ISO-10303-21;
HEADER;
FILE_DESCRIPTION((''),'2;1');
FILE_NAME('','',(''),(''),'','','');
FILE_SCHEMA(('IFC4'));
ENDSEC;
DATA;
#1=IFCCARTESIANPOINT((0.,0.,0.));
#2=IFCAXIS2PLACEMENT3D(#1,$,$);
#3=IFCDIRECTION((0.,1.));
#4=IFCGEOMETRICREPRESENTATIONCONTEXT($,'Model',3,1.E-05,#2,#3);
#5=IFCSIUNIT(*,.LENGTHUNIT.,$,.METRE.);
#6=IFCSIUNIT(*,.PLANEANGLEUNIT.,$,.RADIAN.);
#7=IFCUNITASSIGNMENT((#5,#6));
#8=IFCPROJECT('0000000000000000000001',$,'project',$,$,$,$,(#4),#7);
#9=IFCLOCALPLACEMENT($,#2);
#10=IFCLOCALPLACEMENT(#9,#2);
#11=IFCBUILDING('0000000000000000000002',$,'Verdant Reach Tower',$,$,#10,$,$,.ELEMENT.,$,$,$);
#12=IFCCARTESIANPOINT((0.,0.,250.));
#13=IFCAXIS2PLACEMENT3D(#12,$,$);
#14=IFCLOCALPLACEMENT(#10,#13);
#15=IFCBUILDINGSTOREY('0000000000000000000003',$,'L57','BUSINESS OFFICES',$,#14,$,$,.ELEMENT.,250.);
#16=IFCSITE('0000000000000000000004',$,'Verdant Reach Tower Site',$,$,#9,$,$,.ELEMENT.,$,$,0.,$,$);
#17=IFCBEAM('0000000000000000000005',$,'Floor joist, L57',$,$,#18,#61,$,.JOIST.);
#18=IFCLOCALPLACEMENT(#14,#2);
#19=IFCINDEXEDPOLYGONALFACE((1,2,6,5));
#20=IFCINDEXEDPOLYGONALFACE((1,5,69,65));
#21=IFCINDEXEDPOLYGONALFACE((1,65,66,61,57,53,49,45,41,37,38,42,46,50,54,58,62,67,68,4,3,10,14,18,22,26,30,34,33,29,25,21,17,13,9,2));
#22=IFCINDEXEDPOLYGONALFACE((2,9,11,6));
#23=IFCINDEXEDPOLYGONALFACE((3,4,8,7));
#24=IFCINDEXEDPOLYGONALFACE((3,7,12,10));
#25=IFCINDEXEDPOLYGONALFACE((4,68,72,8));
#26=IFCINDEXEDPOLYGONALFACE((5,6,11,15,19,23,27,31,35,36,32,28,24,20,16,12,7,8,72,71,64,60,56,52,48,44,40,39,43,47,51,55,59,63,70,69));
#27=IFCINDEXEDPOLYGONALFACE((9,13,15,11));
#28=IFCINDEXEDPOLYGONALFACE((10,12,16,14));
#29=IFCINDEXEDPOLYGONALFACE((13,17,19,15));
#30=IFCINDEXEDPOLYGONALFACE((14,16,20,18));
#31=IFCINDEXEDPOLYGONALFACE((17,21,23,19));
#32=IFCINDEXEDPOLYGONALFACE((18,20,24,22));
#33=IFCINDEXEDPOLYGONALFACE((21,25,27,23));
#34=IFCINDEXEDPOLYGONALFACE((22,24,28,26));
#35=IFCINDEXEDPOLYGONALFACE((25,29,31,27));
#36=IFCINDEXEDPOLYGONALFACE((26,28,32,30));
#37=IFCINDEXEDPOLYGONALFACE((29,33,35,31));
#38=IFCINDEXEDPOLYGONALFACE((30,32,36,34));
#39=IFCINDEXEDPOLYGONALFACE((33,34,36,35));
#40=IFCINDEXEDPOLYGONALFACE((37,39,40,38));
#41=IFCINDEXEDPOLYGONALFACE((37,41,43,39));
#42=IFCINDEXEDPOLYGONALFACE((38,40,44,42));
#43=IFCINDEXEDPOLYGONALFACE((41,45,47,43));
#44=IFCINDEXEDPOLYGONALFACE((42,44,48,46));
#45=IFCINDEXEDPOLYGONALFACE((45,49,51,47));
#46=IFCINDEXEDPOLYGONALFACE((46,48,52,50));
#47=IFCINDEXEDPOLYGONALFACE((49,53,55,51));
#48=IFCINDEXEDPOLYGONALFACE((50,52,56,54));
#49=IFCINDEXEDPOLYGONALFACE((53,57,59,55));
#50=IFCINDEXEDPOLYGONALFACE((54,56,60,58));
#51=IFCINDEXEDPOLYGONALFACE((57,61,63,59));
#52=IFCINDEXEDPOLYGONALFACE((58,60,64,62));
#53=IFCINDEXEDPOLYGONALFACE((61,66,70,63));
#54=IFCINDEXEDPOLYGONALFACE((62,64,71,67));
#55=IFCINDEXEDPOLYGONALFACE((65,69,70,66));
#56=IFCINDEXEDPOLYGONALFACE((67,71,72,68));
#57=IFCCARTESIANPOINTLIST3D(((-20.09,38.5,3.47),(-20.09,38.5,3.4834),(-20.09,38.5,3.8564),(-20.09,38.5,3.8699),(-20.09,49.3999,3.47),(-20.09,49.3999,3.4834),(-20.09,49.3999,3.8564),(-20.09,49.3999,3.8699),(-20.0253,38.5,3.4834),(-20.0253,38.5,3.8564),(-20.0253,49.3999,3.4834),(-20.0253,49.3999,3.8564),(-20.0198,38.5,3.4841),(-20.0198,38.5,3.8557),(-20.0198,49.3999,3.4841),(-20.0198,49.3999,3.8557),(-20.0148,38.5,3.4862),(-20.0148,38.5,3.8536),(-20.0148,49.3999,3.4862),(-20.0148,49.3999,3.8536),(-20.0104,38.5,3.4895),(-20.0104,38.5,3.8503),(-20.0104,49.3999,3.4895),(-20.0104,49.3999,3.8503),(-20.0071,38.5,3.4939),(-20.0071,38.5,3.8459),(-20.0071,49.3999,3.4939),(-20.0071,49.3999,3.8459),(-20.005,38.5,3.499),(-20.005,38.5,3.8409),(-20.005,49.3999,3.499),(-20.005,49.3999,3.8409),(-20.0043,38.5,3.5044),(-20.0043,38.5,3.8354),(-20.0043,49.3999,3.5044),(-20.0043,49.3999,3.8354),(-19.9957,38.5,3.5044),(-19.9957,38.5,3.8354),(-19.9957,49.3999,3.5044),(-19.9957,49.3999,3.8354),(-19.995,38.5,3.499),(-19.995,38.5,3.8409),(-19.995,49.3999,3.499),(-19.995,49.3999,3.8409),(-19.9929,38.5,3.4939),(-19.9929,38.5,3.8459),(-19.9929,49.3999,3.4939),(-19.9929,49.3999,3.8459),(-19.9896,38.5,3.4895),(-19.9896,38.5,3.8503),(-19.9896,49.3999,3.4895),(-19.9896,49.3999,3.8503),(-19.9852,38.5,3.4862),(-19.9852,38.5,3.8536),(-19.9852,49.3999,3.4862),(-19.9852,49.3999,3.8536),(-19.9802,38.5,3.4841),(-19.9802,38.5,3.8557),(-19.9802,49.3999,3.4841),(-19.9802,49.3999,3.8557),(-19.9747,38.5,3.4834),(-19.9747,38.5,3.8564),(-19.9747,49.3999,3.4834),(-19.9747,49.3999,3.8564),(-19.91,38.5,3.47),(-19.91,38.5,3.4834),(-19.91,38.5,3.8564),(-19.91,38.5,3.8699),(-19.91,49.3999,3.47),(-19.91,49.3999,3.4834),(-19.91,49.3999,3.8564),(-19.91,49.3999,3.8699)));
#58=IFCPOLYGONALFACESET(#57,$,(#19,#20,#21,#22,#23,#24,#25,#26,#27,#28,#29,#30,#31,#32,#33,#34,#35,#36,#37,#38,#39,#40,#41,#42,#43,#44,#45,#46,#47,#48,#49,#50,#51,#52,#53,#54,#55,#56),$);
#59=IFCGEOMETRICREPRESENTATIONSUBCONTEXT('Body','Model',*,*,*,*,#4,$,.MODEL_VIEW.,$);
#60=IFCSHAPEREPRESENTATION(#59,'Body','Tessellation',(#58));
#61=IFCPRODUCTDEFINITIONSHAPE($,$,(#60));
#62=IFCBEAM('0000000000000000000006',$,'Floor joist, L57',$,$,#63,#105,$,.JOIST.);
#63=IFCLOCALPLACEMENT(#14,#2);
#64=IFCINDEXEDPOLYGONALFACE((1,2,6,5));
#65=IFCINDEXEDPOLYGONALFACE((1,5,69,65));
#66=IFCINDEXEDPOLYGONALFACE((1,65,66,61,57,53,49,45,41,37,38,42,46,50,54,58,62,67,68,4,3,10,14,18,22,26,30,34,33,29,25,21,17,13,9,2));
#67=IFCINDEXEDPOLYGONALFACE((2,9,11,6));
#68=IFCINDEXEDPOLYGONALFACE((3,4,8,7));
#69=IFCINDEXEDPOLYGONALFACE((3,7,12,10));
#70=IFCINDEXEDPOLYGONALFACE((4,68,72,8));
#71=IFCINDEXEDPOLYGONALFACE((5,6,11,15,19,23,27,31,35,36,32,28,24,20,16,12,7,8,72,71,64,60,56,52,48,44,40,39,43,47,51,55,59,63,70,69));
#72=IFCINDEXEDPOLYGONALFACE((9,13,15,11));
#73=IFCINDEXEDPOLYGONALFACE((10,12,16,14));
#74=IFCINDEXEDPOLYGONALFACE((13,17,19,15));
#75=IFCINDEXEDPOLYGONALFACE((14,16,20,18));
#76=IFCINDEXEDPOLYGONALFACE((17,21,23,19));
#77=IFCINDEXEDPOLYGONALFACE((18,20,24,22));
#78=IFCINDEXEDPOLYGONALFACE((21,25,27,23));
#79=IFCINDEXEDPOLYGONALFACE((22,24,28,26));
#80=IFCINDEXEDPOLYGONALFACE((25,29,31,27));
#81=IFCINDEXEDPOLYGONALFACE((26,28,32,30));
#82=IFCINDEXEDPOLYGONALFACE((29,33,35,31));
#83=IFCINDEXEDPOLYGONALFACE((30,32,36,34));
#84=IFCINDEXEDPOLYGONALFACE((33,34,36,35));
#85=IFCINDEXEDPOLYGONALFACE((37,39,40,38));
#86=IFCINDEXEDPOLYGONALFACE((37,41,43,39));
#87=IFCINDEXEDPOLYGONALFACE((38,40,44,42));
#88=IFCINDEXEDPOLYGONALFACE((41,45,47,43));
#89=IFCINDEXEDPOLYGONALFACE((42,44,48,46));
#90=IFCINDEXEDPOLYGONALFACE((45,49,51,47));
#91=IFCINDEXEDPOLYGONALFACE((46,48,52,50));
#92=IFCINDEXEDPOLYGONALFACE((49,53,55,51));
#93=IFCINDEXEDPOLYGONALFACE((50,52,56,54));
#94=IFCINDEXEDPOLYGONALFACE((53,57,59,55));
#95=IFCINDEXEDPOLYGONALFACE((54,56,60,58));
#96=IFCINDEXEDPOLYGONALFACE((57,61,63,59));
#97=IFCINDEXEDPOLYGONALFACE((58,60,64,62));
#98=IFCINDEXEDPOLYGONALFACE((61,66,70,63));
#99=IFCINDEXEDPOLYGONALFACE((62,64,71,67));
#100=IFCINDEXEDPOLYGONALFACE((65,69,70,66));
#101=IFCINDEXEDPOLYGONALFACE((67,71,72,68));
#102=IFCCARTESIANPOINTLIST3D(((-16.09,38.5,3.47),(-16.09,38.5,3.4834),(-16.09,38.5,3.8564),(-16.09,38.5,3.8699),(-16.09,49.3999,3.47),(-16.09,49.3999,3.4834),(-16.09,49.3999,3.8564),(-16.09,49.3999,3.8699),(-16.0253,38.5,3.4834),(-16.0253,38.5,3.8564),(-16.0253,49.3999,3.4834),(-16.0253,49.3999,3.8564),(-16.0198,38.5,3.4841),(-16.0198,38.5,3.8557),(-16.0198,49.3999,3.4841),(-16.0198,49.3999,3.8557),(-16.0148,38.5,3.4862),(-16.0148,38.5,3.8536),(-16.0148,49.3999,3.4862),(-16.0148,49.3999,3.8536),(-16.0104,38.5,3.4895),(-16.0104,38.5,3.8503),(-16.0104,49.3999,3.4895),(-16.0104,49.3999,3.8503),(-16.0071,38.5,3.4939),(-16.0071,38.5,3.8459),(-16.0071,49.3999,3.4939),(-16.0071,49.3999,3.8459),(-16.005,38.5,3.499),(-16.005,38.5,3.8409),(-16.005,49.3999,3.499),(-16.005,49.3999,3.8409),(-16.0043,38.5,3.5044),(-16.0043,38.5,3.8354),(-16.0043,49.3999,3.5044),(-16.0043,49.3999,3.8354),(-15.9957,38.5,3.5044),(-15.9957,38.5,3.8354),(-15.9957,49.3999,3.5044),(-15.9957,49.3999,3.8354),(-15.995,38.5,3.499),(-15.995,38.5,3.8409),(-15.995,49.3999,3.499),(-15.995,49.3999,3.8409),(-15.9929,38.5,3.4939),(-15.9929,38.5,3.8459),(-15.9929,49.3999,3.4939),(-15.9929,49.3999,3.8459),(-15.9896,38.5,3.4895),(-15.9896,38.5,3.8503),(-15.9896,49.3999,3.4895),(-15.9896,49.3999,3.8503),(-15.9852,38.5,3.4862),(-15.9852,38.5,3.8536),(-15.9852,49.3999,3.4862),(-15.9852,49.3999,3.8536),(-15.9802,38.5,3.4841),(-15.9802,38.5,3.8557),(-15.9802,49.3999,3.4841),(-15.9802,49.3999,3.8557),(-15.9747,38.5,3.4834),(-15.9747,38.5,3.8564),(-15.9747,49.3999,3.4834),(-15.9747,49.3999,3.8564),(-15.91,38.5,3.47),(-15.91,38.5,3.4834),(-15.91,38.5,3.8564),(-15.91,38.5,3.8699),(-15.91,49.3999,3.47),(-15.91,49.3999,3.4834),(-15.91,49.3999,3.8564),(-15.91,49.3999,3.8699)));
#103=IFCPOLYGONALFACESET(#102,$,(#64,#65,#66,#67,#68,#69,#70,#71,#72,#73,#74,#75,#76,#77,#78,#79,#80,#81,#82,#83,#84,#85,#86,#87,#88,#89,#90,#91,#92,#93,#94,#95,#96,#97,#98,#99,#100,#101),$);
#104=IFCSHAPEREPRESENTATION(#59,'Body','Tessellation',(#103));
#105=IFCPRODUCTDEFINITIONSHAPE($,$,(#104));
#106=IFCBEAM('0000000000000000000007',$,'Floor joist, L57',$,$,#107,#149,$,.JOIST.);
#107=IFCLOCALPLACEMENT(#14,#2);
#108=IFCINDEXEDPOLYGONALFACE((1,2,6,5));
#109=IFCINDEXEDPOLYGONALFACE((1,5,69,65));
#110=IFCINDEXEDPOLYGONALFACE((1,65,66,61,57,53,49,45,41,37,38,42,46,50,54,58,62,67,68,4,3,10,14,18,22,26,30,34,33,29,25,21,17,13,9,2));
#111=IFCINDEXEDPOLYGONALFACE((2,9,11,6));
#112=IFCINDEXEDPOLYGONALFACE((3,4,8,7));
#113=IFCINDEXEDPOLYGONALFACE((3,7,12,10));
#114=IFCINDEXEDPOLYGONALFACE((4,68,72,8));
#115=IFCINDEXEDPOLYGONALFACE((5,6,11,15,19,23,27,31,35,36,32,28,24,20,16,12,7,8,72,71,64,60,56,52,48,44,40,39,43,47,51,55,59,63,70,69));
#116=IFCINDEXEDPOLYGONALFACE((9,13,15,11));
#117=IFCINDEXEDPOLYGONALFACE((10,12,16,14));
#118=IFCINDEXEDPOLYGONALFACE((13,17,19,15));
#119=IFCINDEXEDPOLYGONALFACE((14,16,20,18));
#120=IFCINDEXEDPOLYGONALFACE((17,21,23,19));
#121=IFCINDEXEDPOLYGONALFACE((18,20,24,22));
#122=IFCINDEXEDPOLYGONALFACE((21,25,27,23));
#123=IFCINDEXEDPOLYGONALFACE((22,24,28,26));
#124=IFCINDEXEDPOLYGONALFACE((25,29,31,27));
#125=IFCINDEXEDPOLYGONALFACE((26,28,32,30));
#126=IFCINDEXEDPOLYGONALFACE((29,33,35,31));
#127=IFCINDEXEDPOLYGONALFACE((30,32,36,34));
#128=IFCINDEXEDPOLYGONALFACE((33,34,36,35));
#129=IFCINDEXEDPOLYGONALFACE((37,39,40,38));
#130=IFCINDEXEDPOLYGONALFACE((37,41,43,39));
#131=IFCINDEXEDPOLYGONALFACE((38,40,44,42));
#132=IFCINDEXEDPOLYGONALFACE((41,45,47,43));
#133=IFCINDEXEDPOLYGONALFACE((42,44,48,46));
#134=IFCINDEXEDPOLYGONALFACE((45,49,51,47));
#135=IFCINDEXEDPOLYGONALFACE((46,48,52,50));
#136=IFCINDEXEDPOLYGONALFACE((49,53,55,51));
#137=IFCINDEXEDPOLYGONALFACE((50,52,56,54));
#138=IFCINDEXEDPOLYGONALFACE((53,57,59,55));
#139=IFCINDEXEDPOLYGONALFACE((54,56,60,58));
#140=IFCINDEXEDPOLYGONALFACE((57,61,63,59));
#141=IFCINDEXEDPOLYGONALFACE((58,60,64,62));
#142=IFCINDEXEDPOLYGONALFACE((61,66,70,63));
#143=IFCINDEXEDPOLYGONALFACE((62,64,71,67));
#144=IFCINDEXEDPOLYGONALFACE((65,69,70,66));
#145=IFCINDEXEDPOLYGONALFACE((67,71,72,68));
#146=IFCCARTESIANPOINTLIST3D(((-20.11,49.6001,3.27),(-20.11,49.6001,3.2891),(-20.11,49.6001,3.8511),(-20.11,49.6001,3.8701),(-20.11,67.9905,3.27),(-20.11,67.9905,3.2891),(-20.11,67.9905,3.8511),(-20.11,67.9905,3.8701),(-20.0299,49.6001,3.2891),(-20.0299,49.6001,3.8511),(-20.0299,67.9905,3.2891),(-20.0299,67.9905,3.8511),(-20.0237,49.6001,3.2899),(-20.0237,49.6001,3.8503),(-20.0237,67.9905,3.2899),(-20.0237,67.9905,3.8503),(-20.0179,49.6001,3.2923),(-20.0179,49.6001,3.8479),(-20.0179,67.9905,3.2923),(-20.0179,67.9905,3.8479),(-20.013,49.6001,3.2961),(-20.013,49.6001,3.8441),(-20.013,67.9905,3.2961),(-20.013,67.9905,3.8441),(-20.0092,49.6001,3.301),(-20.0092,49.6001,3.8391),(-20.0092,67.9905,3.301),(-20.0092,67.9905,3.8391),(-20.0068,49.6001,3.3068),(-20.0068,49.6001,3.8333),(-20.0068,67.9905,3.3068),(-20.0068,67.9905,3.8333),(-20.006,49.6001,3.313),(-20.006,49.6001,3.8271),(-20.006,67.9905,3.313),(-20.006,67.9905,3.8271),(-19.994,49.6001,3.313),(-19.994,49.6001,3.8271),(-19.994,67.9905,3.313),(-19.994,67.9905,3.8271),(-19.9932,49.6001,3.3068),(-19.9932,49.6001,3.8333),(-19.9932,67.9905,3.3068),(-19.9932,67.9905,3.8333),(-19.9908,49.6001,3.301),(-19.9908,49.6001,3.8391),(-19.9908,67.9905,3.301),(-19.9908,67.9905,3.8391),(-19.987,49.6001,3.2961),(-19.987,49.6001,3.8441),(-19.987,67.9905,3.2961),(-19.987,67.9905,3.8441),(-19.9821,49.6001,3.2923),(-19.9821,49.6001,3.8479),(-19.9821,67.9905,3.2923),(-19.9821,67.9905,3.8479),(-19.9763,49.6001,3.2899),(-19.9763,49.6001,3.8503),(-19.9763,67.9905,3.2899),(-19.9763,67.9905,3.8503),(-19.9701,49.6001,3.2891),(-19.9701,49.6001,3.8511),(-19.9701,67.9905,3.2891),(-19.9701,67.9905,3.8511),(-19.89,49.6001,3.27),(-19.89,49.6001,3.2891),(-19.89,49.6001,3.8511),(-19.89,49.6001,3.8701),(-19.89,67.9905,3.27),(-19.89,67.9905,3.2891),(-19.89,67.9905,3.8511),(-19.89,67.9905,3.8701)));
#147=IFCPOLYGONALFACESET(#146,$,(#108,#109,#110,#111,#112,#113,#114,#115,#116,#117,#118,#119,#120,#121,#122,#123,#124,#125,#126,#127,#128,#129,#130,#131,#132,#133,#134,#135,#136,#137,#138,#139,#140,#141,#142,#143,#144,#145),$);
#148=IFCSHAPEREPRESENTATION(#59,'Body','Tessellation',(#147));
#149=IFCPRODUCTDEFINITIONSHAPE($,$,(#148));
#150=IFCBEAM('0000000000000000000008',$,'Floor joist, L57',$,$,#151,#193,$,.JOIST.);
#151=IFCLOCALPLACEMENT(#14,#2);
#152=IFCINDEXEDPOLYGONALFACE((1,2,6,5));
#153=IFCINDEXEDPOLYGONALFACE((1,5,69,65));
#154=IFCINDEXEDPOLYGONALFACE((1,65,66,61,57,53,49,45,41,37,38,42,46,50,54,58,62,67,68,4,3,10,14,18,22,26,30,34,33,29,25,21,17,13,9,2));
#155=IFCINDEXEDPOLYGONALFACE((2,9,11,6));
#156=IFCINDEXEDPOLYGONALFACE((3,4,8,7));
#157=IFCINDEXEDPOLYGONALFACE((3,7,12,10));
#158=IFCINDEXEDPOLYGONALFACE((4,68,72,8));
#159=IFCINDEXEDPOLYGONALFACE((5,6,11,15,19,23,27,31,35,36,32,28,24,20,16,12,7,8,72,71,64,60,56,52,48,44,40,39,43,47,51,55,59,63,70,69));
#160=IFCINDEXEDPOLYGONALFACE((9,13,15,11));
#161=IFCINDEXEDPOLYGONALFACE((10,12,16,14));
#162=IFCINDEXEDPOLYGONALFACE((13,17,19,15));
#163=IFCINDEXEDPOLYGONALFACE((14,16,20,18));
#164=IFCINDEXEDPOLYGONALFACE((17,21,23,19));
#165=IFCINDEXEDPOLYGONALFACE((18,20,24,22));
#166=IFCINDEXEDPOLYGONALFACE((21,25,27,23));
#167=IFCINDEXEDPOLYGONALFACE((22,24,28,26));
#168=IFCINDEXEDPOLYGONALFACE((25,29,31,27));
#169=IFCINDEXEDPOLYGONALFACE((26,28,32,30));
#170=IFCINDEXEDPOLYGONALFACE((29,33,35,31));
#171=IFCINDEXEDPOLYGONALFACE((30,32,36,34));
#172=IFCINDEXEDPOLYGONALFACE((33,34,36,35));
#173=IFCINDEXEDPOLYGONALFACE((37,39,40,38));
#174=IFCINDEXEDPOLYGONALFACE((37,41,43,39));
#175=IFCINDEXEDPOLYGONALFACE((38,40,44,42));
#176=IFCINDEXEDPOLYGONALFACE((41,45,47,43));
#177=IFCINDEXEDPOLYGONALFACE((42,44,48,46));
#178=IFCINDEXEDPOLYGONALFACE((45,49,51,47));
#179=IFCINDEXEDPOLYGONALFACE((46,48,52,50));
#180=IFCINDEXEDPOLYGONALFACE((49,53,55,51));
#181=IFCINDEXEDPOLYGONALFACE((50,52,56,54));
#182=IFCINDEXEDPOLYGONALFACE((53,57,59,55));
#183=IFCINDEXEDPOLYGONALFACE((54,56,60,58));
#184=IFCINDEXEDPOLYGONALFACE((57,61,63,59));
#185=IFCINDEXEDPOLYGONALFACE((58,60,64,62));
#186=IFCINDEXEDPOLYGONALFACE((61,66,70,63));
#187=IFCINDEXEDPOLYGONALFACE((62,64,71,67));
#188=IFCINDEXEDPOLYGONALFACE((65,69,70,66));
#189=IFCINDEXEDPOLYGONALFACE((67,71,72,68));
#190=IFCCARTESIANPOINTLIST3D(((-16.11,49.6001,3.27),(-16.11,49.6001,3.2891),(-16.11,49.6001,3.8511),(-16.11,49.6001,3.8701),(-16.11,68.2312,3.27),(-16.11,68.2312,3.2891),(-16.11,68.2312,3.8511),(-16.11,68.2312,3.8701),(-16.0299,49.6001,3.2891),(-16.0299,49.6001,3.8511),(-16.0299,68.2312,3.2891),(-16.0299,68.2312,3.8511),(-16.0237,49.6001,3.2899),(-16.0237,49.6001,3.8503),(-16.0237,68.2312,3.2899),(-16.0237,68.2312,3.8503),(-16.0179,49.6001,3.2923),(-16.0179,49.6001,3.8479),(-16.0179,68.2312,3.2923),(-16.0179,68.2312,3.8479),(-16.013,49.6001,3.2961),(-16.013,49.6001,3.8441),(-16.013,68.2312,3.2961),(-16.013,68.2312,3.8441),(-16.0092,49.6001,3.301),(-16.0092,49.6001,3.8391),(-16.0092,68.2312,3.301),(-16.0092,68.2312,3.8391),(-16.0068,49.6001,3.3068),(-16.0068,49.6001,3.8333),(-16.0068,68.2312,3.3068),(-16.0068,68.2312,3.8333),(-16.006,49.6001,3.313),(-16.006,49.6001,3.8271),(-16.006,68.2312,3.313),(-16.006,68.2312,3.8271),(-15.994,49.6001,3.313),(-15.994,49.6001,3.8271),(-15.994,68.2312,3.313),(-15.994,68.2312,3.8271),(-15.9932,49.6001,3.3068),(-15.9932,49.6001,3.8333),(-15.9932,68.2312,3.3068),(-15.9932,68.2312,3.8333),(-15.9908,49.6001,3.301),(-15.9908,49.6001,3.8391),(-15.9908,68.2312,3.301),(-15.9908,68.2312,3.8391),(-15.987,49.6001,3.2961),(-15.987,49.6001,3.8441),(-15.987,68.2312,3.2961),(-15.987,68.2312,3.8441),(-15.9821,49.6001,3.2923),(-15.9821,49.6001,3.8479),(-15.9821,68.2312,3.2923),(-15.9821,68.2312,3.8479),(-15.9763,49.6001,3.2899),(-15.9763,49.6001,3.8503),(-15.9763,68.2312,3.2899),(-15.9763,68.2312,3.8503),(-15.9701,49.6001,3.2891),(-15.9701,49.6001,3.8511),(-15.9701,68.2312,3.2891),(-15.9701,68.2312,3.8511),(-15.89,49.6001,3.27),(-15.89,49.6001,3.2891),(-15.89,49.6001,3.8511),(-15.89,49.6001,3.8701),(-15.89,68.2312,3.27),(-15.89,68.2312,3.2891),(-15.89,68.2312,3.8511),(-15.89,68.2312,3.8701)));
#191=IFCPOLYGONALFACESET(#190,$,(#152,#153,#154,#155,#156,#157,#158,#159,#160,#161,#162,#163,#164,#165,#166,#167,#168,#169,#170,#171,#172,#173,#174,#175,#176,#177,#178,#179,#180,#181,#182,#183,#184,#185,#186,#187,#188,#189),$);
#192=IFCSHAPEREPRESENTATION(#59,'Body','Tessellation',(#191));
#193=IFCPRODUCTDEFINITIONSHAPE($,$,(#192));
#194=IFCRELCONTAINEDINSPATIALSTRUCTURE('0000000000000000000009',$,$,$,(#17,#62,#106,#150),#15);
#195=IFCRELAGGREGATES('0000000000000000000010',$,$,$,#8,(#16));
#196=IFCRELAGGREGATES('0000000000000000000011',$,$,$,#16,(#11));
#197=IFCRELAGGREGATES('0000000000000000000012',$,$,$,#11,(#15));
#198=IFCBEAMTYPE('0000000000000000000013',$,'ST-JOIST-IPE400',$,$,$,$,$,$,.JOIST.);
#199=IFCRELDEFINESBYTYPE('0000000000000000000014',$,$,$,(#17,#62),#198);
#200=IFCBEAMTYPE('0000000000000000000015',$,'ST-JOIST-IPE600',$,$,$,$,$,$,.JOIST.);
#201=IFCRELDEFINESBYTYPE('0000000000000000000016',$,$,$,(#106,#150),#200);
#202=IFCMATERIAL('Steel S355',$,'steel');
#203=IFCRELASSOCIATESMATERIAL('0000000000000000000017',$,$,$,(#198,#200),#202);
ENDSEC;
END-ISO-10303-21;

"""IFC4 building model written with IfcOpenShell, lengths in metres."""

from ifc_helpers import new_model, si_unit, direction, frame, origin, origin_2d, place, context, subcontext, project, spatial, i_section, extrude, material, material_profile, profile_set, type_object, element, save


model = new_model("IFC4")

# Units and contexts
model_context = context("Model", 3, precision=1e-05, world=origin(), true_north=direction((0.0, 1.0)))
body_context = subcontext(model_context, "Body", "Model", "MODEL_VIEW")
ifc_project = project(units=[si_unit("LENGTHUNIT", "METRE"), si_unit("PLANEANGLEUNIT", "RADIAN")], contexts=[model_context])

# Site, building, storey
site_placement = place(None, origin())
site = spatial("IfcSite", under=ifc_project, at=site_placement, Name="Verdant Reach Tower Site", CompositionType="ELEMENT", RefElevation=0.0)
building_placement = place(site_placement, origin())
building = spatial("IfcBuilding", under=site, at=building_placement, Name="Verdant Reach Tower", CompositionType="ELEMENT")
storey_placement = place(building_placement, frame((0.0, 0.0, 250.0)))
storey = spatial("IfcBuildingStorey", under=building, at=storey_placement, Name="L57", Description="BUSINESS OFFICES", CompositionType="ELEMENT", Elevation=250.0)

# Beams
ifc_material_1 = material(Name="Steel S355", Category="steel")
ifc_material_profile_1 = material_profile(ifc_material_1, i_section(OverallWidth=0.1799, OverallDepth=0.3999, WebThickness=0.0085, FlangeThickness=0.0134, FilletRadius=0.021, at=origin_2d()), Name="IPE 400")
ifc_profile_set_1 = profile_set([ifc_material_profile_1], Name="Steel S355")
beam_type_1 = type_object("IfcBeamType", Name="ST-JOIST-IPE400", PredefinedType="JOIST", material=ifc_profile_set_1)
for number, where, z_axis, x_axis, name in (
    (1, (-20.0, 38.5, 3.6699), (0.0, 1.0, 0.0), (-1.0, 0.0, 0.0), "Floor joist, L57"),
    (2, (-16.0, 38.5, 3.6699), (0.0, 1.0, 0.0), (-1.0, 0.0, 0.0), "Floor joist, L57"),
):
    element("IfcBeam", number, at=place(storey_placement, frame(where, z_axis=z_axis, x_axis=x_axis)), inside=storey, type_object=beam_type_1, Name=name, PredefinedType="JOIST", context=body_context, shape_type="SweptSolid", body=[
        extrude(i_section(OverallWidth=0.1799, OverallDepth=0.3999, WebThickness=0.0085, FlangeThickness=0.0134, FilletRadius=0.021, at=origin_2d()), origin(), (0.0, 0.0, 1.0), 10.8999),
    ])
ifc_material_profile_2 = material_profile(ifc_material_1, i_section(OverallWidth=0.22, OverallDepth=0.6001, WebThickness=0.012, FlangeThickness=0.019, FilletRadius=0.0239, at=origin_2d()), Name="IPE 600")
ifc_profile_set_2 = profile_set([ifc_material_profile_2], Name="Steel S355")
beam_type_2 = type_object("IfcBeamType", Name="ST-JOIST-IPE600", PredefinedType="JOIST", material=ifc_profile_set_2)
beam_1_placement = place(storey_placement, frame((-20.0, 49.6001, 3.5701), z_axis=(0.0, 1.0, 0.0), x_axis=(-1.0, 0.0, 0.0)))
element("IfcBeam", 3, at=beam_1_placement, inside=storey, type_object=beam_type_2, Name="Floor joist, L57", PredefinedType="JOIST", context=body_context, shape_type="SweptSolid", body=[
    extrude(i_section(OverallWidth=0.22, OverallDepth=0.6001, WebThickness=0.012, FlangeThickness=0.019, FilletRadius=0.0239, at=origin_2d()), origin(), (0.0, 0.0, 1.0), 18.3904),
])
beam_2_placement = place(storey_placement, frame((-16.0, 49.6001, 3.5701), z_axis=(0.0, 1.0, 0.0), x_axis=(-1.0, 0.0, 0.0)))
element("IfcBeam", 4, at=beam_2_placement, inside=storey, type_object=beam_type_2, Name="Floor joist, L57", PredefinedType="JOIST", context=body_context, shape_type="SweptSolid", body=[
    extrude(i_section(OverallWidth=0.22, OverallDepth=0.6001, WebThickness=0.012, FlangeThickness=0.019, FilletRadius=0.0239, at=origin_2d()), origin(), (0.0, 0.0, 1.0), 18.6311),
])

save(model, "model.ifc")
